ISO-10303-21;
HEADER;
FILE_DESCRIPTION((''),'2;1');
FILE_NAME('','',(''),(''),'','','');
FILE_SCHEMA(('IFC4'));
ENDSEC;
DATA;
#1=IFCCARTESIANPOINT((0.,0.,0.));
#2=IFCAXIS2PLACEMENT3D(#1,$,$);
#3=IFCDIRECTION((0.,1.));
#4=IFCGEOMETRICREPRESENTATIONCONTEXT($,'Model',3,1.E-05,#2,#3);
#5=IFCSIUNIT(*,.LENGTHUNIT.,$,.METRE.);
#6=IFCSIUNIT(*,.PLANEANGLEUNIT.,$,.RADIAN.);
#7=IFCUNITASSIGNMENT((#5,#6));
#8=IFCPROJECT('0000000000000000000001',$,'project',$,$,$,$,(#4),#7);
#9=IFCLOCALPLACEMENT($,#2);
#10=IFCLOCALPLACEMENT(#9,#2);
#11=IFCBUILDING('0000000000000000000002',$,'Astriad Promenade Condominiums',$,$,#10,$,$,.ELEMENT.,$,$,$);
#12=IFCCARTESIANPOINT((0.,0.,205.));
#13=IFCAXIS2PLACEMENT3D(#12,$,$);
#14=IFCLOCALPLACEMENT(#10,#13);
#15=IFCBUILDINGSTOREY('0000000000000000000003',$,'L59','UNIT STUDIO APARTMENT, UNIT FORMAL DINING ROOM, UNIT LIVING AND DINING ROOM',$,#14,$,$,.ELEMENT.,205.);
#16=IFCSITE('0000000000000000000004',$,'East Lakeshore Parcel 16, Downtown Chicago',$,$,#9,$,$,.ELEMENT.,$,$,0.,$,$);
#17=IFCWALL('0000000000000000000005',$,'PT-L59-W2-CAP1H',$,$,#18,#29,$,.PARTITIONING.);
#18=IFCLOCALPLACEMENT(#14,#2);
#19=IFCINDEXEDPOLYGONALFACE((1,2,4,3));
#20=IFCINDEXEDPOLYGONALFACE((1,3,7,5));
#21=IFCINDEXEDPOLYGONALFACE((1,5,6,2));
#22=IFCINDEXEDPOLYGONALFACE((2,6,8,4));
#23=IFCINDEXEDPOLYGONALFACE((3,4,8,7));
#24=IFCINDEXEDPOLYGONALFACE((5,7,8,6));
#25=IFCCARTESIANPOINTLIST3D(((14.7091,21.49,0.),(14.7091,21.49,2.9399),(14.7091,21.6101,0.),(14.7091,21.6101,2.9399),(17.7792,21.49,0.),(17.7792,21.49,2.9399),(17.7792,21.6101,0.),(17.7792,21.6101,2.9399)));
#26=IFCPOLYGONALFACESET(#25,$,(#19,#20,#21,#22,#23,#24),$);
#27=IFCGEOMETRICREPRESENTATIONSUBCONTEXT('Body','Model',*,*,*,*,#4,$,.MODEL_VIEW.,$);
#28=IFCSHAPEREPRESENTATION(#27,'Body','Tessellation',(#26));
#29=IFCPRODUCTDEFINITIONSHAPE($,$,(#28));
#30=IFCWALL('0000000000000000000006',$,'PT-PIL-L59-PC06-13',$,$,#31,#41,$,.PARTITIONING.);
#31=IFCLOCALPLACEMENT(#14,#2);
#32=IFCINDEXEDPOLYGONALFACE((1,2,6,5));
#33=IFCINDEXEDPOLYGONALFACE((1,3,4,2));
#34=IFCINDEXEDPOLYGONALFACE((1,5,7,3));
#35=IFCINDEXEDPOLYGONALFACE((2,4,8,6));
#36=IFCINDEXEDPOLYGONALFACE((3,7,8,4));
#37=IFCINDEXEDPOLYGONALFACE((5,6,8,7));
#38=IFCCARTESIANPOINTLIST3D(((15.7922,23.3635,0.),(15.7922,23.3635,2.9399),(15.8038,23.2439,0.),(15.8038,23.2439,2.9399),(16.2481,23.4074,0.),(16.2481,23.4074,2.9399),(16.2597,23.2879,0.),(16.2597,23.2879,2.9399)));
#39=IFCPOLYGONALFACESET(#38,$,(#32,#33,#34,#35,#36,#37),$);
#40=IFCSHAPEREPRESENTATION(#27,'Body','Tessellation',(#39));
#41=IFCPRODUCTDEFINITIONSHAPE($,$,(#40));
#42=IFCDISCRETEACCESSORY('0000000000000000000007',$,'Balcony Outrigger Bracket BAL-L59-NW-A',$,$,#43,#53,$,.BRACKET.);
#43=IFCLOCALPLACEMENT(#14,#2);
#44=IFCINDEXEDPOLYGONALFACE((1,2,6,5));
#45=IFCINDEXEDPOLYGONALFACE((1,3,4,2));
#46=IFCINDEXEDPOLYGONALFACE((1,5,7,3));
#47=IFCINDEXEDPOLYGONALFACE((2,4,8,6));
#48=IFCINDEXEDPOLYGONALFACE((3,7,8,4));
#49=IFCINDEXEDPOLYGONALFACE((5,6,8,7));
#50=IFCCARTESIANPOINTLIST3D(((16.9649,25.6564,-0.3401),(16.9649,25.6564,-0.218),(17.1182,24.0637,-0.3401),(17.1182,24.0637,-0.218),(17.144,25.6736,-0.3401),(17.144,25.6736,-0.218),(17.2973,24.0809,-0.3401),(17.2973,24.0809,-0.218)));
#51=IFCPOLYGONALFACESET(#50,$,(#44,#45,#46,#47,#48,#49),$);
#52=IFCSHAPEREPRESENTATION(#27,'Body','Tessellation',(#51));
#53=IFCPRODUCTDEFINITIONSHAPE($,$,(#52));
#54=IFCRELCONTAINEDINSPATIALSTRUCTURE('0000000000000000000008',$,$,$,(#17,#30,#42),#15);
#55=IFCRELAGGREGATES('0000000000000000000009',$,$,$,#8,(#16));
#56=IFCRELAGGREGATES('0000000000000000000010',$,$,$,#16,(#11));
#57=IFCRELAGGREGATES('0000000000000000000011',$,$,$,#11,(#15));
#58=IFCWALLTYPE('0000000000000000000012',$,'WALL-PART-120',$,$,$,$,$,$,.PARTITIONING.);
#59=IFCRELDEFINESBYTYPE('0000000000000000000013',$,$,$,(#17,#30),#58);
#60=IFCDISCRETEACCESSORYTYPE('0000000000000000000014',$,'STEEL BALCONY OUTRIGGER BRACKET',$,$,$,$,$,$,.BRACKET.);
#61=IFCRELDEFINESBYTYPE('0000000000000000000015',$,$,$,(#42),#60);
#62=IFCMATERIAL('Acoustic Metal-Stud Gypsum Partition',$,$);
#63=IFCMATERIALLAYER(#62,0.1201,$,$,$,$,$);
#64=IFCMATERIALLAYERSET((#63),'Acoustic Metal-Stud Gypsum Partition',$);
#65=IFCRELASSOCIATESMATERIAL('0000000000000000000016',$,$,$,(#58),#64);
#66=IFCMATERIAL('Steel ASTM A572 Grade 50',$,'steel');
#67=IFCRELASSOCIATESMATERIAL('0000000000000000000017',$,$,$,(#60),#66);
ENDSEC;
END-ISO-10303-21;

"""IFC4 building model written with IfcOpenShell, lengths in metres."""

from ifc_helpers import new_model, si_unit, direction, frame, frame_2d, origin, origin_2d, place, context, subcontext, project, spatial, rectangle, extrude, source, transform, mapped, material, layer, layer_set, type_object, type_shapes, element, save


model = new_model("IFC4")

# Units and contexts
model_context = context("Model", 3, precision=1e-05, world=origin(), true_north=direction((0.0, 1.0)))
body_context = subcontext(model_context, "Body", "Model", "MODEL_VIEW")
ifc_project = project(units=[si_unit("LENGTHUNIT", "METRE"), si_unit("PLANEANGLEUNIT", "RADIAN")], contexts=[model_context])

# Site, building, storey
site_placement = place(None, origin())
site = spatial("IfcSite", under=ifc_project, at=site_placement, Name="East Lakeshore Parcel 16, Downtown Chicago", CompositionType="ELEMENT", RefElevation=0.0)
building_placement = place(site_placement, origin())
building = spatial("IfcBuilding", under=site, at=building_placement, Name="Astriad Promenade Condominiums", CompositionType="ELEMENT")
storey_placement = place(building_placement, frame((0.0, 0.0, 205.0)))
storey = spatial("IfcBuildingStorey", under=building, at=storey_placement, Name="L59", Description="UNIT STUDIO APARTMENT, UNIT FORMAL DINING ROOM, UNIT LIVING AND DINING ROOM", CompositionType="ELEMENT", Elevation=205.0)

# Shared definitions
ifc_material_1 = material(Name="Acoustic Metal-Stud Gypsum Partition")
ifc_layer_1 = layer(ifc_material_1, 0.1201)
ifc_layer_set_1 = layer_set([ifc_layer_1], Name="Acoustic Metal-Stud Gypsum Partition")
wall_type_1 = type_object("IfcWallType", Name="WALL-PART-120", PredefinedType="PARTITIONING", material=ifc_layer_set_1)

# Walls
wall_1_placement = place(storey_placement, frame((14.709, 21.55, 0.0), z_axis=(0.0, 0.0, 1.0), x_axis=(1.0, 0.0, 0.0)))
element("IfcWall", 1, at=wall_1_placement, inside=storey, type_object=wall_type_1, Name="PT-L59-W2-CAP1H", PredefinedType="PARTITIONING", context=body_context, shape_type="SweptSolid", body=[
    extrude(rectangle(XDim=3.0701, YDim=0.1201, at=frame_2d((1.5352, 0.0))), origin(), (0.0, 0.0, 1.0), 2.9399),
])
wall_2_placement = place(storey_placement, frame((16.2539, 23.3477, 0.0), z_axis=(0.0, 0.0, 1.0), x_axis=(-0.995385, -0.095966, 0.0)))
element("IfcWall", 2, at=wall_2_placement, inside=storey, type_object=wall_type_1, Name="PT-PIL-L59-PC06-13", PredefinedType="PARTITIONING", context=body_context, shape_type="SweptSolid", body=[
    extrude(rectangle(XDim=0.458, YDim=0.1201, at=frame_2d((0.229, 0.0))), origin(), (0.0, 0.0, 1.0), 2.9399),
])

# Discrete accessory
ifc_material_2 = material(Name="Steel ASTM A572 Grade 50", Category="steel")
discrete_accessory_type = type_object("IfcDiscreteAccessoryType", Name="STEEL BALCONY OUTRIGGER BRACKET", PredefinedType="BRACKET", material=ifc_material_2)
shared_shape_1 = source(origin(), body_context, "Body", "SweptSolid", [
    extrude(rectangle(XDim=1.6001, YDim=0.1799, at=origin_2d()), origin(), (0.0, 0.0, 1.0), 0.1221),
])
type_shapes(discrete_accessory_type, [shared_shape_1])
discrete_accessory_placement = place(storey_placement, frame((17.1311, 24.8687, -0.3401), z_axis=(0.0, 0.0, 1.0), x_axis=(-0.095846, 0.995396, 0.0)))
element("IfcDiscreteAccessory", 3, at=discrete_accessory_placement, inside=storey, type_object=discrete_accessory_type, Name="Balcony Outrigger Bracket BAL-L59-NW-A", PredefinedType="BRACKET", context=body_context, shape_type="MappedRepresentation", body=[
    mapped(shared_shape_1, transform((0.0, 0.0, 0.0), scale=1.0)),
])

save(model, "model.ifc")
